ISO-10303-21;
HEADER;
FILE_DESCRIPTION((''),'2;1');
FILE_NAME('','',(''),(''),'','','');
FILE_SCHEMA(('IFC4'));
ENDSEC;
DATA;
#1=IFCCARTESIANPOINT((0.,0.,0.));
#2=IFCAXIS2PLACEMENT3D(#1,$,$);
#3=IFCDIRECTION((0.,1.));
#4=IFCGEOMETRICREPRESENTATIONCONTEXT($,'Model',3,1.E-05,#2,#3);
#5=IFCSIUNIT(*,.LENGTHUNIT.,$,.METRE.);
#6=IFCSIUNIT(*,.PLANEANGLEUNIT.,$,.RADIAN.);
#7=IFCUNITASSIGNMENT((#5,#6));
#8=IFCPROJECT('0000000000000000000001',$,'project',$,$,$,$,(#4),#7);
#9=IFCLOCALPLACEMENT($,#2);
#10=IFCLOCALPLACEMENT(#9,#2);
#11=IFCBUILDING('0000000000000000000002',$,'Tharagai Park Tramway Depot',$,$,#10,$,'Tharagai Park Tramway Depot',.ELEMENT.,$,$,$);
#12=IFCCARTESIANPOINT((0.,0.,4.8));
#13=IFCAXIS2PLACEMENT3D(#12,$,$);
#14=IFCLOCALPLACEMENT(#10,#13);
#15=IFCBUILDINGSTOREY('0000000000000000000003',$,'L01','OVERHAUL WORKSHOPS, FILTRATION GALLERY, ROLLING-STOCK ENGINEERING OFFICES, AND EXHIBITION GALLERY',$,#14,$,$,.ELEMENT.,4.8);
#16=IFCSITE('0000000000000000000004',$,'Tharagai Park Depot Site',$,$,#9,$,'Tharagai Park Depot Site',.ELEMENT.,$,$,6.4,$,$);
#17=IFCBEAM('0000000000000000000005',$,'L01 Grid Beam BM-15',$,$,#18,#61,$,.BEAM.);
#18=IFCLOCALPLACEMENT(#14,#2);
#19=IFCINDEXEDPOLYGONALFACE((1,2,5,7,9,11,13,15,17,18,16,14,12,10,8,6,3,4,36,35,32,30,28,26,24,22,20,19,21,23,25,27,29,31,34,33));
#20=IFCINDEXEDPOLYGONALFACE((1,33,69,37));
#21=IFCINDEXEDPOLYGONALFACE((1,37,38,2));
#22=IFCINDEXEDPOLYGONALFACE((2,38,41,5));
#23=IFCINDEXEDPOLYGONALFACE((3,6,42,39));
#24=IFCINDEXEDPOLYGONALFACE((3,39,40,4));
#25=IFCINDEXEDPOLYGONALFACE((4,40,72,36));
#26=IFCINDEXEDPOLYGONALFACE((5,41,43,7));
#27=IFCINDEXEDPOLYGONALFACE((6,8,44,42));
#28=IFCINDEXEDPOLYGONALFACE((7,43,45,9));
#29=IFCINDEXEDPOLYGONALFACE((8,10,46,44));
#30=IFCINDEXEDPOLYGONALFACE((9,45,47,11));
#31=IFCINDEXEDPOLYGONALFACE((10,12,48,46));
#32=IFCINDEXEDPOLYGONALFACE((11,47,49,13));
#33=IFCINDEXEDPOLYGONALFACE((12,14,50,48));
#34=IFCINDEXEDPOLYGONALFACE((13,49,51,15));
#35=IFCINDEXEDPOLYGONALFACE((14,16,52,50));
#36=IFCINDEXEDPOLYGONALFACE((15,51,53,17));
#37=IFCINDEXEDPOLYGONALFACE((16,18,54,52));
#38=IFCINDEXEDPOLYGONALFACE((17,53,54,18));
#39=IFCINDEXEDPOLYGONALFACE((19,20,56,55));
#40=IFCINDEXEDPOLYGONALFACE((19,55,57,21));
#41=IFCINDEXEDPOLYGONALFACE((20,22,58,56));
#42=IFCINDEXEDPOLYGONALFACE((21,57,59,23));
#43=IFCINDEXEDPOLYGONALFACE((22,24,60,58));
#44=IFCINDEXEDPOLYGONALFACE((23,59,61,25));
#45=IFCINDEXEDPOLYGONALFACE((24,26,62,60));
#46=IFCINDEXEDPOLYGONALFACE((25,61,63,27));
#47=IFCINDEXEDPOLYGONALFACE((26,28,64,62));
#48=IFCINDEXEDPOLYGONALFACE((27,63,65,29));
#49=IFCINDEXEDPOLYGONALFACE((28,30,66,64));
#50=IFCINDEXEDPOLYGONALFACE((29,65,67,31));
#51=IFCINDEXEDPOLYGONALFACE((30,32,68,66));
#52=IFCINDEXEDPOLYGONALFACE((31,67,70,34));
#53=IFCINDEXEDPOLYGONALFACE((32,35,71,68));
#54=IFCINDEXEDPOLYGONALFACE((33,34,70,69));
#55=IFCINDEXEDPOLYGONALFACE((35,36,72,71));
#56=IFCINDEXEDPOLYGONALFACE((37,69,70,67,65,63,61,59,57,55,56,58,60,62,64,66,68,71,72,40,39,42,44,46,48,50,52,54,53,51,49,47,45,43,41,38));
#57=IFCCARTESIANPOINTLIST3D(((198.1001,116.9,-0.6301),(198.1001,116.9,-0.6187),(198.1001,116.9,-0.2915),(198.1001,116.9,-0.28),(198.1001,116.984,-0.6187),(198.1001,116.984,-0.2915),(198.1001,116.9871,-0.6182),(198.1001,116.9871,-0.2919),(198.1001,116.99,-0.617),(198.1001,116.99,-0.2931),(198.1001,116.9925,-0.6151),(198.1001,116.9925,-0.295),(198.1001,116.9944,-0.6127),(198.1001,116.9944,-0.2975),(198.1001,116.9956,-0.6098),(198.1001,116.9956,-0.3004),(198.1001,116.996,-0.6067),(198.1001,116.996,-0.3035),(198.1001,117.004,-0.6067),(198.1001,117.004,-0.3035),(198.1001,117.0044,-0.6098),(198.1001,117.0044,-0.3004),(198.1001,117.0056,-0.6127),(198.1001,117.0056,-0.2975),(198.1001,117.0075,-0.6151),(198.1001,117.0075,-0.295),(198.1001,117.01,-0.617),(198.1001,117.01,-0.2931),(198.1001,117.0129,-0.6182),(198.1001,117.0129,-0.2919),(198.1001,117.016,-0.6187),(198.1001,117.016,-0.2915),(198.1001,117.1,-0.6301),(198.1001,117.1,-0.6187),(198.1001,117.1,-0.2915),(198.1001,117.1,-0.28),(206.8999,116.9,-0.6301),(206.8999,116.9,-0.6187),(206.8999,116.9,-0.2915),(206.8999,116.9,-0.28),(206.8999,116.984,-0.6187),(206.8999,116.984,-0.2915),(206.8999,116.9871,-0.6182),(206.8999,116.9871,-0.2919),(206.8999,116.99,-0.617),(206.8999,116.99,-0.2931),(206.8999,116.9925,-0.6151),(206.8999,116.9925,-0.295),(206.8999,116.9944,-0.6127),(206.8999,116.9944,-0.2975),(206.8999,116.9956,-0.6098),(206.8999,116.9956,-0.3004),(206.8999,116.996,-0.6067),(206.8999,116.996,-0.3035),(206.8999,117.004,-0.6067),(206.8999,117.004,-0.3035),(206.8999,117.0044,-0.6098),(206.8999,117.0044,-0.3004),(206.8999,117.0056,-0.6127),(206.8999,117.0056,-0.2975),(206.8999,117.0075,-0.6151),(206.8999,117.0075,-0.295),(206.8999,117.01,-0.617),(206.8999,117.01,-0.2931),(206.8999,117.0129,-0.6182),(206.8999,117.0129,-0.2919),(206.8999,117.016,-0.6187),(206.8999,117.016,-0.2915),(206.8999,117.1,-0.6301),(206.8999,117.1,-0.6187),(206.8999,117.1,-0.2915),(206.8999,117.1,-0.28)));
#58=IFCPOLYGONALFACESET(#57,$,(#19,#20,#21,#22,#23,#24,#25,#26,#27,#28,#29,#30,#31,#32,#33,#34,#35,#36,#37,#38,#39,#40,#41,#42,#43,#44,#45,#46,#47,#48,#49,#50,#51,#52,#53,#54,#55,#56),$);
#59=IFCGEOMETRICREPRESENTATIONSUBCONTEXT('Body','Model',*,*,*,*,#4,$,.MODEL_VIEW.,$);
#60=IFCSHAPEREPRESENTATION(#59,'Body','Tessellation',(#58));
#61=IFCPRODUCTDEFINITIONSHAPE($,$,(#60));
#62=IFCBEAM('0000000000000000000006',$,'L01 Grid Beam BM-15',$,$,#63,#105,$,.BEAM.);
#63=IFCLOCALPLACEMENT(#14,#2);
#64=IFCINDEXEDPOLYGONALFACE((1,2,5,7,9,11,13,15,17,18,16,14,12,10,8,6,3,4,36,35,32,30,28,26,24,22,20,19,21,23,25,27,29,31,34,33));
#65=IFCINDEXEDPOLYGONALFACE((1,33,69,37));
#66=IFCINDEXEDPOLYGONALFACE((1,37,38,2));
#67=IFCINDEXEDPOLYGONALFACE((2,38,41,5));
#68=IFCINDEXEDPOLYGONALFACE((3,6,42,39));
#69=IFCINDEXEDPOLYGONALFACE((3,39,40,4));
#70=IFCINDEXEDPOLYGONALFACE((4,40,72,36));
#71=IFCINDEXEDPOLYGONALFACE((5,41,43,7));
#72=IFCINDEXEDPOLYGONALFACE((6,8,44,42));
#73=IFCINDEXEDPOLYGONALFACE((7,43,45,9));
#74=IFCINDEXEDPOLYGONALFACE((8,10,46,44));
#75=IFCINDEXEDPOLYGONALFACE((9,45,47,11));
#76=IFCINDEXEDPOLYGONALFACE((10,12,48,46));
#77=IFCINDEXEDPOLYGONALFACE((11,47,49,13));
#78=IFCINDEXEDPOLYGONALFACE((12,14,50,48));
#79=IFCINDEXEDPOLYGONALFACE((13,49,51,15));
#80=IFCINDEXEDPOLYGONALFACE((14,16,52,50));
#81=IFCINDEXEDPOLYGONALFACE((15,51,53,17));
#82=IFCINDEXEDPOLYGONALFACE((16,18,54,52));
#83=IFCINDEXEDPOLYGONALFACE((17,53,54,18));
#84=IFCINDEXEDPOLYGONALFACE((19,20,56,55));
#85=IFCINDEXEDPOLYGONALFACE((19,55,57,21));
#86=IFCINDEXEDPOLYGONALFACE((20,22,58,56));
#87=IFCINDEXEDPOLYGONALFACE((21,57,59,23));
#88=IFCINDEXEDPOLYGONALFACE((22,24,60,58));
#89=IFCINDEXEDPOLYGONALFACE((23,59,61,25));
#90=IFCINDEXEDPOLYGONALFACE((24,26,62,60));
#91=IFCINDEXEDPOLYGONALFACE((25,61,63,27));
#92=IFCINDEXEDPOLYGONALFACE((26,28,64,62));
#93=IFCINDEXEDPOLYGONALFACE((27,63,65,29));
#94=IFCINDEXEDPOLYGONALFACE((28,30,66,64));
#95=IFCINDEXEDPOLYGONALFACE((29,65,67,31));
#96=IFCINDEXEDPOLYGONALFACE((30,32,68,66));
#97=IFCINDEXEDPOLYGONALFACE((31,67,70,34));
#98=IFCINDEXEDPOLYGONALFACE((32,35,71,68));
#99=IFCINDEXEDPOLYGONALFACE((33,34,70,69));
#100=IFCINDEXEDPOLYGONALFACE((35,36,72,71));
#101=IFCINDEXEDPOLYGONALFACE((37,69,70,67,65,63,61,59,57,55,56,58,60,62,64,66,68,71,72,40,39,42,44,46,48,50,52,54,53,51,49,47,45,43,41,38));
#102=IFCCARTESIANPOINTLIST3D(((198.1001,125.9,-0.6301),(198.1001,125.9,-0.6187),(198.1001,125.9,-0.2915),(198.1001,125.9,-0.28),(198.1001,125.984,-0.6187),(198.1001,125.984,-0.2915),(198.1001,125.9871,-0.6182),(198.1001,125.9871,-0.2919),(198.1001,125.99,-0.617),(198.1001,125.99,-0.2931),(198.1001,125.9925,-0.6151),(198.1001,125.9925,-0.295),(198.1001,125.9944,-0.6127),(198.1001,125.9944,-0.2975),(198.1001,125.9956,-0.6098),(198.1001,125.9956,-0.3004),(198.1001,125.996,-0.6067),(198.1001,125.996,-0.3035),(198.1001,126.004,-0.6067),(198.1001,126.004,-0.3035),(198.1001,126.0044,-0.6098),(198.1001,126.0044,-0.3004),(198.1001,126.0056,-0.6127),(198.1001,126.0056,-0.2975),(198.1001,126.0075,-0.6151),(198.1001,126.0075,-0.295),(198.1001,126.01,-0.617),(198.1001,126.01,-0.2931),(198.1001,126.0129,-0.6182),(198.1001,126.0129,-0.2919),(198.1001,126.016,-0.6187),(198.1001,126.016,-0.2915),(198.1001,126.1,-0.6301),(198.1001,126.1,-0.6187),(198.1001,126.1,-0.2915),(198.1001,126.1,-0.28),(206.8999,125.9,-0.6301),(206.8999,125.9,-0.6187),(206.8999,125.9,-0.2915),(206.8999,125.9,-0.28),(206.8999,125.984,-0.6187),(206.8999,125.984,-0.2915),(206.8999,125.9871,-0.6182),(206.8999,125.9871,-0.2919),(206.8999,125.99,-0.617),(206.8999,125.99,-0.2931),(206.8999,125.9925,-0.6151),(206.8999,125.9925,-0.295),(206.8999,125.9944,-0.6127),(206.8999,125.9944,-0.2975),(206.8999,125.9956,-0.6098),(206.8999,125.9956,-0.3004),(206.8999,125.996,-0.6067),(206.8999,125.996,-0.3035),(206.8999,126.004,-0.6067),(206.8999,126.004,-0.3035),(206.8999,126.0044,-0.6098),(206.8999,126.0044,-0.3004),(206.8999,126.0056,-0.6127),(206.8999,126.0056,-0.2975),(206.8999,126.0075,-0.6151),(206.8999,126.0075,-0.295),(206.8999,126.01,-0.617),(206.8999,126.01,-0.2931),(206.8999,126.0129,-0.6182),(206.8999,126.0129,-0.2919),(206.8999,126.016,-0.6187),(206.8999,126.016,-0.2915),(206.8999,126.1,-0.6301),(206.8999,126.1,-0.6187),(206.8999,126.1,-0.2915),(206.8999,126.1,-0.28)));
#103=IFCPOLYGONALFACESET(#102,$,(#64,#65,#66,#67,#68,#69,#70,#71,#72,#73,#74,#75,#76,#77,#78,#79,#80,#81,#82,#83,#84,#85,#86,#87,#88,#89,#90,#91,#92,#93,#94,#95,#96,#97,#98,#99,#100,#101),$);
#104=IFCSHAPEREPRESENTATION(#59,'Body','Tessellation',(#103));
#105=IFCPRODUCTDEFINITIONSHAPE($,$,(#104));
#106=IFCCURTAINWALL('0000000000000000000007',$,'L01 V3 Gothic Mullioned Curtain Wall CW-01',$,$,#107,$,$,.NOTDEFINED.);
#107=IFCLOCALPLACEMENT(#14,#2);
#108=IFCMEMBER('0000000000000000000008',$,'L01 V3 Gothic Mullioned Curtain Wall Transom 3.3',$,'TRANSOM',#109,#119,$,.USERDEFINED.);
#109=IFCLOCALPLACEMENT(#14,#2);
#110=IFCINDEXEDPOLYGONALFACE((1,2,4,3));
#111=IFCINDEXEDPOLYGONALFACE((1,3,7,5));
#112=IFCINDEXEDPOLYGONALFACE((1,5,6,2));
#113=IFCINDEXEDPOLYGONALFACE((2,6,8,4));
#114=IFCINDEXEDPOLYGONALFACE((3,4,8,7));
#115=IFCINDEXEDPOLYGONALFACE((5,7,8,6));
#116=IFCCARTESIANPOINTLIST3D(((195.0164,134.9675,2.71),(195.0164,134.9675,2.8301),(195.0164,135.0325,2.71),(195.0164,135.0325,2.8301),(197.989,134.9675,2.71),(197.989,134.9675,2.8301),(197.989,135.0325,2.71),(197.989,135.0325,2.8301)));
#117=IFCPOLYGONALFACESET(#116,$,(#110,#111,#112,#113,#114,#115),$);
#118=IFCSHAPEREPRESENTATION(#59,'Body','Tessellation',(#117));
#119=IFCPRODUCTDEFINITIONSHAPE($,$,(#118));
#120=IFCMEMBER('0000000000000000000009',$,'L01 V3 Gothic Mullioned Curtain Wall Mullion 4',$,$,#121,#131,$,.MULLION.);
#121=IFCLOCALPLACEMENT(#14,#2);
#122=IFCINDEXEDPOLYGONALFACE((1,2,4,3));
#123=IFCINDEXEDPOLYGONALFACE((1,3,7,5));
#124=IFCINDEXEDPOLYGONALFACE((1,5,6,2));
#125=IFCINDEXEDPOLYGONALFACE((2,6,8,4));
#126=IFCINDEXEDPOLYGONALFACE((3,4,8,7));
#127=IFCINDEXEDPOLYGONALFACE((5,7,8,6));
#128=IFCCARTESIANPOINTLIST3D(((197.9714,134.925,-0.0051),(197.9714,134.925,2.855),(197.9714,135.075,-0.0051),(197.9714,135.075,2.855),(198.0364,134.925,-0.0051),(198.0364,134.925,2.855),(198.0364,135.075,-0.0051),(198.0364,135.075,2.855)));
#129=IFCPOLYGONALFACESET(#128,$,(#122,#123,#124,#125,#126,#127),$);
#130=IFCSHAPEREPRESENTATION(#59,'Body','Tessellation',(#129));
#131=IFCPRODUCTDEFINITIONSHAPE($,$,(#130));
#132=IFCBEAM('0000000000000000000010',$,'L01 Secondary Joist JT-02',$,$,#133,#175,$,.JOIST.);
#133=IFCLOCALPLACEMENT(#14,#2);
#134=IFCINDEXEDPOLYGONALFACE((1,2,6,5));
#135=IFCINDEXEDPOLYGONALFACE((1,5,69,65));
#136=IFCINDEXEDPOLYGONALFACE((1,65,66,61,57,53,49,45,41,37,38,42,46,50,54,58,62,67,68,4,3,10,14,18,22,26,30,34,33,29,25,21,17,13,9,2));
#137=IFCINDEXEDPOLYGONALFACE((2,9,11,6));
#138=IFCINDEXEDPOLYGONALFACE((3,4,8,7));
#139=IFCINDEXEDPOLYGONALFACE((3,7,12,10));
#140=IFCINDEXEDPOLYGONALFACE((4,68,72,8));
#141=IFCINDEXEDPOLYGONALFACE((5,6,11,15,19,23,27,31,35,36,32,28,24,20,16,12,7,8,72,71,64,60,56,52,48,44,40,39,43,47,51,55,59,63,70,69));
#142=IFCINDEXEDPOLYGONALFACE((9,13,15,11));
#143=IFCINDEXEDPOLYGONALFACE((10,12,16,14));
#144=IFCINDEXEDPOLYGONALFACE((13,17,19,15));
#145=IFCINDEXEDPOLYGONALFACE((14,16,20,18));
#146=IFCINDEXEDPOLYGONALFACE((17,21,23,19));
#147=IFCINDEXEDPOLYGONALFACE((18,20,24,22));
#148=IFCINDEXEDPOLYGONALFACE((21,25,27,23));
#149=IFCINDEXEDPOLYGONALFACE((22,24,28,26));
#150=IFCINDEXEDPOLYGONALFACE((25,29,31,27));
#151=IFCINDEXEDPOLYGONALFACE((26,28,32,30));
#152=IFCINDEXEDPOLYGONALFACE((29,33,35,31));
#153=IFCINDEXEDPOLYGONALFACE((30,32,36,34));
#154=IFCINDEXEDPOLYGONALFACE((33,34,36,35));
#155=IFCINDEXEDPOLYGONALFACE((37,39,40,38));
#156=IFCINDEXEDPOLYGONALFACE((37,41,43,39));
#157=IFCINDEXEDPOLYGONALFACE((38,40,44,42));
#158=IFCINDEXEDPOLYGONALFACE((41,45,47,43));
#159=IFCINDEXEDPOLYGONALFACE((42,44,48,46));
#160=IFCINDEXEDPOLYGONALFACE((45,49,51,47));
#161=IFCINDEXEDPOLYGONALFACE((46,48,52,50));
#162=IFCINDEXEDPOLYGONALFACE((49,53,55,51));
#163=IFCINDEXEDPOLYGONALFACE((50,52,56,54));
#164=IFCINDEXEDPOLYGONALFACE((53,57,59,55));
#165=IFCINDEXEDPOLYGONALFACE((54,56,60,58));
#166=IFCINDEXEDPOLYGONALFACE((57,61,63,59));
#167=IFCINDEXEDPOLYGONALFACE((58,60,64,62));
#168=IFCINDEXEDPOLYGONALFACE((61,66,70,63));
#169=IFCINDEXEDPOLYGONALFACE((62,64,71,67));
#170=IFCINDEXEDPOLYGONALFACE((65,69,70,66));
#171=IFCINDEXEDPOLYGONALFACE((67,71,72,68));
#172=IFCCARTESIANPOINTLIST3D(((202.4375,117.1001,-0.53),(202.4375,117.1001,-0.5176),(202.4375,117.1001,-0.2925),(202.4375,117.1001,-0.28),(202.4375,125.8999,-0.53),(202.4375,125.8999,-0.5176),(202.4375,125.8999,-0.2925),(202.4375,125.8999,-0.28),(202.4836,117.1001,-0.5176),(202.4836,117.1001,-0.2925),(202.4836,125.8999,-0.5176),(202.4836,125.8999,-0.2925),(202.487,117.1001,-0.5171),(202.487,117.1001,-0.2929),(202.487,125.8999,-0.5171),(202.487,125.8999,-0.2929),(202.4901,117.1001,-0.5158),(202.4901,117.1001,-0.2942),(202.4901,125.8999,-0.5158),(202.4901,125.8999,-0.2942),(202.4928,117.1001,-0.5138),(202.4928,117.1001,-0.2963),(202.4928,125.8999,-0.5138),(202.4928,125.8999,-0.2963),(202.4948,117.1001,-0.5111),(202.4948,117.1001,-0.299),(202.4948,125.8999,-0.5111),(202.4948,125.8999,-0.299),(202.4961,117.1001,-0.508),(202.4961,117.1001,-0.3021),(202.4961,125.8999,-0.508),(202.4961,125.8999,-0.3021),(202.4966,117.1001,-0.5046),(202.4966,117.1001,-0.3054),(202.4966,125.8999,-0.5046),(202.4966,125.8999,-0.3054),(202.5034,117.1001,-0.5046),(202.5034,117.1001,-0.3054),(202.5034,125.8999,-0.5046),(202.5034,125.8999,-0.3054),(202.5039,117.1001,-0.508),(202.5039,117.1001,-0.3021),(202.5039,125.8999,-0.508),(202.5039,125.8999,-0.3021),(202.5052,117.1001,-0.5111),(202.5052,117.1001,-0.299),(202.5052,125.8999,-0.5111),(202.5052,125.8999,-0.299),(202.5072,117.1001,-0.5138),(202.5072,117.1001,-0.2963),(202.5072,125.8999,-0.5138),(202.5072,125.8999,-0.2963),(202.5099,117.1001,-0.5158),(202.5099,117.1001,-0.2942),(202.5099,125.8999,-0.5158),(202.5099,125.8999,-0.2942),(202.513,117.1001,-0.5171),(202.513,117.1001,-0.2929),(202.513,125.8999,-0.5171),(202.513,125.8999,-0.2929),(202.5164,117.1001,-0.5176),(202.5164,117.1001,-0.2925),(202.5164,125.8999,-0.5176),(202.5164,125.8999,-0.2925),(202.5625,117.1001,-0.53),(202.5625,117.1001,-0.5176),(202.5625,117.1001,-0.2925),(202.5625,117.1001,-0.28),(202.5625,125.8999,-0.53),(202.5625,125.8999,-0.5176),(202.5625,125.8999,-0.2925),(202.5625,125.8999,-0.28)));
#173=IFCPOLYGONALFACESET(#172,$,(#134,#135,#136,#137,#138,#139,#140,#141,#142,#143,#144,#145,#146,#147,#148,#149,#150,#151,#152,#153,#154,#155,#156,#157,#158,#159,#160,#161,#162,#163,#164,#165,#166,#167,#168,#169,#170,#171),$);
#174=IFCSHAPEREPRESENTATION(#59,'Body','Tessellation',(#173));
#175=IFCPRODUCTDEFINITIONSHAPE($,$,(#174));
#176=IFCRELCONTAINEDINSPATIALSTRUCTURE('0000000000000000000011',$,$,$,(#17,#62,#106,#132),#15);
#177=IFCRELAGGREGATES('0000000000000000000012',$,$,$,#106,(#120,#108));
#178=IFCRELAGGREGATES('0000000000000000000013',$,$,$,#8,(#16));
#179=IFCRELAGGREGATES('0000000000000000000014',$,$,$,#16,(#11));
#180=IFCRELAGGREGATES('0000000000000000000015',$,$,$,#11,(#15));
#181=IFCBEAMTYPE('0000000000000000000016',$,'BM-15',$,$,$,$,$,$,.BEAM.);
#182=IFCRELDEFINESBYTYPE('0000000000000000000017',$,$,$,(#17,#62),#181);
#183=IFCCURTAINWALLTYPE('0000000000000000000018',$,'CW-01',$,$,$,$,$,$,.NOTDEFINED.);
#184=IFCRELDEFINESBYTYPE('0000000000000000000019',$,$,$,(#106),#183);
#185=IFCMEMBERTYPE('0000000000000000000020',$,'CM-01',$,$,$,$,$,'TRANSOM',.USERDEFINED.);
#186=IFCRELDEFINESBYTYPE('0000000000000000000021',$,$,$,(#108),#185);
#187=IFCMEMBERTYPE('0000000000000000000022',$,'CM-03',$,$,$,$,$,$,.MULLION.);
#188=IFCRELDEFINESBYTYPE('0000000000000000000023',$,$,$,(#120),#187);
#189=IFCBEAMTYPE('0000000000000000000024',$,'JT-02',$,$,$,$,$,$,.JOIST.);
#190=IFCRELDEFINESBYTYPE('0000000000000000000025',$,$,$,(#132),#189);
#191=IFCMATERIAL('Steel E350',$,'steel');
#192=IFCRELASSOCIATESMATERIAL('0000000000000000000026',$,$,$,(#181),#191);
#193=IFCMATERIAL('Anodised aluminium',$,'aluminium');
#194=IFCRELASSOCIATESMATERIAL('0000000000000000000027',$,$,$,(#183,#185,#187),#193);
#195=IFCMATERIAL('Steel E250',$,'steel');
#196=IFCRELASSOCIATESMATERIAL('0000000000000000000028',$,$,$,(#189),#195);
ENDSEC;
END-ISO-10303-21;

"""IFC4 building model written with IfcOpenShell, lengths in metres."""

from ifc_helpers import new_model, si_unit, direction, frame, origin, origin_2d, place, context, subcontext, project, spatial, rectangle, i_section, extrude, material, material_profile, profile_set, type_object, element, aggregate, save


model = new_model("IFC4")

# Units and contexts
model_context = context("Model", 3, precision=1e-05, world=origin(), true_north=direction((0.0, 1.0)))
body_context = subcontext(model_context, "Body", "Model", "MODEL_VIEW")
ifc_project = project(units=[si_unit("LENGTHUNIT", "METRE"), si_unit("PLANEANGLEUNIT", "RADIAN")], contexts=[model_context])

# Site, building, storey
site_placement = place(None, origin())
site = spatial("IfcSite", under=ifc_project, at=site_placement, Name="Tharagai Park Depot Site", LongName="Tharagai Park Depot Site", CompositionType="ELEMENT", RefElevation=6.4)
building_placement = place(site_placement, origin())
building = spatial("IfcBuilding", under=site, at=building_placement, Name="Tharagai Park Tramway Depot", LongName="Tharagai Park Tramway Depot", CompositionType="ELEMENT")
storey_placement = place(building_placement, frame((0.0, 0.0, 4.8)))
storey = spatial("IfcBuildingStorey", under=building, at=storey_placement, Name="L01", Description="OVERHAUL WORKSHOPS, FILTRATION GALLERY, ROLLING-STOCK ENGINEERING OFFICES, AND EXHIBITION GALLERY", CompositionType="ELEMENT", Elevation=4.8)

# Shared definitions
ifc_material_1 = material(Name="Steel E350", Category="steel")

# Beams
ifc_material_profile_1 = material_profile(ifc_material_1, i_section(OverallWidth=0.2, OverallDepth=0.3501, WebThickness=0.0081, FlangeThickness=0.0115, FilletRadius=0.012, at=origin_2d()), Name="ISWB 350")
ifc_profile_set_1 = profile_set([ifc_material_profile_1], Name="Steel E350")
beam_type_1 = type_object("IfcBeamType", Name="BM-15", PredefinedType="BEAM", material=ifc_profile_set_1)
for number, where, z_axis, x_axis, name in (
    (1, (198.1001, 117.0, -0.4551), (1.0, 0.0, 0.0), (0.0, 1.0, 0.0), "L01 Grid Beam BM-15"),
    (2, (198.1001, 126.0, -0.4551), (1.0, 0.0, 0.0), (0.0, 1.0, 0.0), "L01 Grid Beam BM-15"),
):
    element("IfcBeam", number, at=place(storey_placement, frame(where, z_axis=z_axis, x_axis=x_axis)), inside=storey, type_object=beam_type_1, Name=name, PredefinedType="BEAM", context=body_context, shape_type="SweptSolid", body=[
        extrude(i_section(OverallWidth=0.2, OverallDepth=0.3501, WebThickness=0.0081, FlangeThickness=0.0115, FilletRadius=0.012, at=origin_2d()), origin(), (0.0, 0.0, 1.0), 8.7998),
    ])

# Curtain wall, members
ifc_material_2 = material(Name="Anodised aluminium", Category="aluminium")
curtain_wall_type = type_object("IfcCurtainWallType", Name="CW-01", PredefinedType="NOTDEFINED", material=ifc_material_2)
curtain_wall_placement = place(storey_placement, origin())
curtain_wall = element("IfcCurtainWall", 3, at=curtain_wall_placement, inside=storey, type_object=curtain_wall_type, Name="L01 V3 Gothic Mullioned Curtain Wall CW-01", PredefinedType="NOTDEFINED")
ifc_material_profile_2 = material_profile(ifc_material_2, rectangle(XDim=0.0649, YDim=0.1201, at=origin_2d()), Name="ALU 65x120")
ifc_profile_set_2 = profile_set([ifc_material_profile_2], Name="Anodised aluminium")
member_type_1 = type_object("IfcMemberType", Name="CM-01", ElementType="TRANSOM", PredefinedType="USERDEFINED", material=ifc_profile_set_2)
member_1_placement = place(storey_placement, frame((195.0164, 135.0, 2.77), z_axis=(1.0, 0.0, 0.0), x_axis=(0.0, 1.0, 0.0)))
member_1 = element("IfcMember", 4, at=member_1_placement, type_object=member_type_1, Name="L01 V3 Gothic Mullioned Curtain Wall Transom 3.3", ObjectType="TRANSOM", PredefinedType="USERDEFINED", context=body_context, shape_type="SweptSolid", body=[
    extrude(rectangle(XDim=0.0649, YDim=0.1201, at=origin_2d()), origin(), (0.0, 0.0, 1.0), 2.9727),
])
ifc_material_profile_3 = material_profile(ifc_material_2, rectangle(XDim=0.0649, YDim=0.1499, at=origin_2d()), Name="ALU 65x150")
ifc_profile_set_3 = profile_set([ifc_material_profile_3], Name="Anodised aluminium")
member_type_2 = type_object("IfcMemberType", Name="CM-03", PredefinedType="MULLION", material=ifc_profile_set_3)
member_2_placement = place(storey_placement, frame((198.0039, 135.0, -0.0051), z_axis=(0.0, 0.0, 1.0), x_axis=(1.0, 0.0, 0.0)))
member_2 = element("IfcMember", 5, at=member_2_placement, type_object=member_type_2, Name="L01 V3 Gothic Mullioned Curtain Wall Mullion 4", PredefinedType="MULLION", context=body_context, shape_type="SweptSolid", body=[
    extrude(rectangle(XDim=0.0649, YDim=0.1499, at=origin_2d()), origin(), (0.0, 0.0, 1.0), 2.8601),
])

# Beam
ifc_material_3 = material(Name="Steel E250", Category="steel")
ifc_material_profile_4 = material_profile(ifc_material_3, i_section(OverallWidth=0.125, OverallDepth=0.25, WebThickness=0.0068, FlangeThickness=0.0125, FilletRadius=0.0129, at=origin_2d()), Name="ISMB 250")
ifc_profile_set_4 = profile_set([ifc_material_profile_4], Name="Steel E250")
beam_type_2 = type_object("IfcBeamType", Name="JT-02", PredefinedType="JOIST", material=ifc_profile_set_4)
beam_1_placement = place(storey_placement, frame((202.5, 117.1001, -0.405), z_axis=(0.0, 1.0, 0.0), x_axis=(-1.0, 0.0, 0.0)))
element("IfcBeam", 6, at=beam_1_placement, inside=storey, type_object=beam_type_2, Name="L01 Secondary Joist JT-02", PredefinedType="JOIST", context=body_context, shape_type="SweptSolid", body=[
    extrude(i_section(OverallWidth=0.125, OverallDepth=0.25, WebThickness=0.0068, FlangeThickness=0.0125, FilletRadius=0.0129, at=origin_2d()), origin(), (0.0, 0.0, 1.0), 8.7998),
])

aggregate(curtain_wall, [member_2, member_1])

save(model, "model.ifc")
